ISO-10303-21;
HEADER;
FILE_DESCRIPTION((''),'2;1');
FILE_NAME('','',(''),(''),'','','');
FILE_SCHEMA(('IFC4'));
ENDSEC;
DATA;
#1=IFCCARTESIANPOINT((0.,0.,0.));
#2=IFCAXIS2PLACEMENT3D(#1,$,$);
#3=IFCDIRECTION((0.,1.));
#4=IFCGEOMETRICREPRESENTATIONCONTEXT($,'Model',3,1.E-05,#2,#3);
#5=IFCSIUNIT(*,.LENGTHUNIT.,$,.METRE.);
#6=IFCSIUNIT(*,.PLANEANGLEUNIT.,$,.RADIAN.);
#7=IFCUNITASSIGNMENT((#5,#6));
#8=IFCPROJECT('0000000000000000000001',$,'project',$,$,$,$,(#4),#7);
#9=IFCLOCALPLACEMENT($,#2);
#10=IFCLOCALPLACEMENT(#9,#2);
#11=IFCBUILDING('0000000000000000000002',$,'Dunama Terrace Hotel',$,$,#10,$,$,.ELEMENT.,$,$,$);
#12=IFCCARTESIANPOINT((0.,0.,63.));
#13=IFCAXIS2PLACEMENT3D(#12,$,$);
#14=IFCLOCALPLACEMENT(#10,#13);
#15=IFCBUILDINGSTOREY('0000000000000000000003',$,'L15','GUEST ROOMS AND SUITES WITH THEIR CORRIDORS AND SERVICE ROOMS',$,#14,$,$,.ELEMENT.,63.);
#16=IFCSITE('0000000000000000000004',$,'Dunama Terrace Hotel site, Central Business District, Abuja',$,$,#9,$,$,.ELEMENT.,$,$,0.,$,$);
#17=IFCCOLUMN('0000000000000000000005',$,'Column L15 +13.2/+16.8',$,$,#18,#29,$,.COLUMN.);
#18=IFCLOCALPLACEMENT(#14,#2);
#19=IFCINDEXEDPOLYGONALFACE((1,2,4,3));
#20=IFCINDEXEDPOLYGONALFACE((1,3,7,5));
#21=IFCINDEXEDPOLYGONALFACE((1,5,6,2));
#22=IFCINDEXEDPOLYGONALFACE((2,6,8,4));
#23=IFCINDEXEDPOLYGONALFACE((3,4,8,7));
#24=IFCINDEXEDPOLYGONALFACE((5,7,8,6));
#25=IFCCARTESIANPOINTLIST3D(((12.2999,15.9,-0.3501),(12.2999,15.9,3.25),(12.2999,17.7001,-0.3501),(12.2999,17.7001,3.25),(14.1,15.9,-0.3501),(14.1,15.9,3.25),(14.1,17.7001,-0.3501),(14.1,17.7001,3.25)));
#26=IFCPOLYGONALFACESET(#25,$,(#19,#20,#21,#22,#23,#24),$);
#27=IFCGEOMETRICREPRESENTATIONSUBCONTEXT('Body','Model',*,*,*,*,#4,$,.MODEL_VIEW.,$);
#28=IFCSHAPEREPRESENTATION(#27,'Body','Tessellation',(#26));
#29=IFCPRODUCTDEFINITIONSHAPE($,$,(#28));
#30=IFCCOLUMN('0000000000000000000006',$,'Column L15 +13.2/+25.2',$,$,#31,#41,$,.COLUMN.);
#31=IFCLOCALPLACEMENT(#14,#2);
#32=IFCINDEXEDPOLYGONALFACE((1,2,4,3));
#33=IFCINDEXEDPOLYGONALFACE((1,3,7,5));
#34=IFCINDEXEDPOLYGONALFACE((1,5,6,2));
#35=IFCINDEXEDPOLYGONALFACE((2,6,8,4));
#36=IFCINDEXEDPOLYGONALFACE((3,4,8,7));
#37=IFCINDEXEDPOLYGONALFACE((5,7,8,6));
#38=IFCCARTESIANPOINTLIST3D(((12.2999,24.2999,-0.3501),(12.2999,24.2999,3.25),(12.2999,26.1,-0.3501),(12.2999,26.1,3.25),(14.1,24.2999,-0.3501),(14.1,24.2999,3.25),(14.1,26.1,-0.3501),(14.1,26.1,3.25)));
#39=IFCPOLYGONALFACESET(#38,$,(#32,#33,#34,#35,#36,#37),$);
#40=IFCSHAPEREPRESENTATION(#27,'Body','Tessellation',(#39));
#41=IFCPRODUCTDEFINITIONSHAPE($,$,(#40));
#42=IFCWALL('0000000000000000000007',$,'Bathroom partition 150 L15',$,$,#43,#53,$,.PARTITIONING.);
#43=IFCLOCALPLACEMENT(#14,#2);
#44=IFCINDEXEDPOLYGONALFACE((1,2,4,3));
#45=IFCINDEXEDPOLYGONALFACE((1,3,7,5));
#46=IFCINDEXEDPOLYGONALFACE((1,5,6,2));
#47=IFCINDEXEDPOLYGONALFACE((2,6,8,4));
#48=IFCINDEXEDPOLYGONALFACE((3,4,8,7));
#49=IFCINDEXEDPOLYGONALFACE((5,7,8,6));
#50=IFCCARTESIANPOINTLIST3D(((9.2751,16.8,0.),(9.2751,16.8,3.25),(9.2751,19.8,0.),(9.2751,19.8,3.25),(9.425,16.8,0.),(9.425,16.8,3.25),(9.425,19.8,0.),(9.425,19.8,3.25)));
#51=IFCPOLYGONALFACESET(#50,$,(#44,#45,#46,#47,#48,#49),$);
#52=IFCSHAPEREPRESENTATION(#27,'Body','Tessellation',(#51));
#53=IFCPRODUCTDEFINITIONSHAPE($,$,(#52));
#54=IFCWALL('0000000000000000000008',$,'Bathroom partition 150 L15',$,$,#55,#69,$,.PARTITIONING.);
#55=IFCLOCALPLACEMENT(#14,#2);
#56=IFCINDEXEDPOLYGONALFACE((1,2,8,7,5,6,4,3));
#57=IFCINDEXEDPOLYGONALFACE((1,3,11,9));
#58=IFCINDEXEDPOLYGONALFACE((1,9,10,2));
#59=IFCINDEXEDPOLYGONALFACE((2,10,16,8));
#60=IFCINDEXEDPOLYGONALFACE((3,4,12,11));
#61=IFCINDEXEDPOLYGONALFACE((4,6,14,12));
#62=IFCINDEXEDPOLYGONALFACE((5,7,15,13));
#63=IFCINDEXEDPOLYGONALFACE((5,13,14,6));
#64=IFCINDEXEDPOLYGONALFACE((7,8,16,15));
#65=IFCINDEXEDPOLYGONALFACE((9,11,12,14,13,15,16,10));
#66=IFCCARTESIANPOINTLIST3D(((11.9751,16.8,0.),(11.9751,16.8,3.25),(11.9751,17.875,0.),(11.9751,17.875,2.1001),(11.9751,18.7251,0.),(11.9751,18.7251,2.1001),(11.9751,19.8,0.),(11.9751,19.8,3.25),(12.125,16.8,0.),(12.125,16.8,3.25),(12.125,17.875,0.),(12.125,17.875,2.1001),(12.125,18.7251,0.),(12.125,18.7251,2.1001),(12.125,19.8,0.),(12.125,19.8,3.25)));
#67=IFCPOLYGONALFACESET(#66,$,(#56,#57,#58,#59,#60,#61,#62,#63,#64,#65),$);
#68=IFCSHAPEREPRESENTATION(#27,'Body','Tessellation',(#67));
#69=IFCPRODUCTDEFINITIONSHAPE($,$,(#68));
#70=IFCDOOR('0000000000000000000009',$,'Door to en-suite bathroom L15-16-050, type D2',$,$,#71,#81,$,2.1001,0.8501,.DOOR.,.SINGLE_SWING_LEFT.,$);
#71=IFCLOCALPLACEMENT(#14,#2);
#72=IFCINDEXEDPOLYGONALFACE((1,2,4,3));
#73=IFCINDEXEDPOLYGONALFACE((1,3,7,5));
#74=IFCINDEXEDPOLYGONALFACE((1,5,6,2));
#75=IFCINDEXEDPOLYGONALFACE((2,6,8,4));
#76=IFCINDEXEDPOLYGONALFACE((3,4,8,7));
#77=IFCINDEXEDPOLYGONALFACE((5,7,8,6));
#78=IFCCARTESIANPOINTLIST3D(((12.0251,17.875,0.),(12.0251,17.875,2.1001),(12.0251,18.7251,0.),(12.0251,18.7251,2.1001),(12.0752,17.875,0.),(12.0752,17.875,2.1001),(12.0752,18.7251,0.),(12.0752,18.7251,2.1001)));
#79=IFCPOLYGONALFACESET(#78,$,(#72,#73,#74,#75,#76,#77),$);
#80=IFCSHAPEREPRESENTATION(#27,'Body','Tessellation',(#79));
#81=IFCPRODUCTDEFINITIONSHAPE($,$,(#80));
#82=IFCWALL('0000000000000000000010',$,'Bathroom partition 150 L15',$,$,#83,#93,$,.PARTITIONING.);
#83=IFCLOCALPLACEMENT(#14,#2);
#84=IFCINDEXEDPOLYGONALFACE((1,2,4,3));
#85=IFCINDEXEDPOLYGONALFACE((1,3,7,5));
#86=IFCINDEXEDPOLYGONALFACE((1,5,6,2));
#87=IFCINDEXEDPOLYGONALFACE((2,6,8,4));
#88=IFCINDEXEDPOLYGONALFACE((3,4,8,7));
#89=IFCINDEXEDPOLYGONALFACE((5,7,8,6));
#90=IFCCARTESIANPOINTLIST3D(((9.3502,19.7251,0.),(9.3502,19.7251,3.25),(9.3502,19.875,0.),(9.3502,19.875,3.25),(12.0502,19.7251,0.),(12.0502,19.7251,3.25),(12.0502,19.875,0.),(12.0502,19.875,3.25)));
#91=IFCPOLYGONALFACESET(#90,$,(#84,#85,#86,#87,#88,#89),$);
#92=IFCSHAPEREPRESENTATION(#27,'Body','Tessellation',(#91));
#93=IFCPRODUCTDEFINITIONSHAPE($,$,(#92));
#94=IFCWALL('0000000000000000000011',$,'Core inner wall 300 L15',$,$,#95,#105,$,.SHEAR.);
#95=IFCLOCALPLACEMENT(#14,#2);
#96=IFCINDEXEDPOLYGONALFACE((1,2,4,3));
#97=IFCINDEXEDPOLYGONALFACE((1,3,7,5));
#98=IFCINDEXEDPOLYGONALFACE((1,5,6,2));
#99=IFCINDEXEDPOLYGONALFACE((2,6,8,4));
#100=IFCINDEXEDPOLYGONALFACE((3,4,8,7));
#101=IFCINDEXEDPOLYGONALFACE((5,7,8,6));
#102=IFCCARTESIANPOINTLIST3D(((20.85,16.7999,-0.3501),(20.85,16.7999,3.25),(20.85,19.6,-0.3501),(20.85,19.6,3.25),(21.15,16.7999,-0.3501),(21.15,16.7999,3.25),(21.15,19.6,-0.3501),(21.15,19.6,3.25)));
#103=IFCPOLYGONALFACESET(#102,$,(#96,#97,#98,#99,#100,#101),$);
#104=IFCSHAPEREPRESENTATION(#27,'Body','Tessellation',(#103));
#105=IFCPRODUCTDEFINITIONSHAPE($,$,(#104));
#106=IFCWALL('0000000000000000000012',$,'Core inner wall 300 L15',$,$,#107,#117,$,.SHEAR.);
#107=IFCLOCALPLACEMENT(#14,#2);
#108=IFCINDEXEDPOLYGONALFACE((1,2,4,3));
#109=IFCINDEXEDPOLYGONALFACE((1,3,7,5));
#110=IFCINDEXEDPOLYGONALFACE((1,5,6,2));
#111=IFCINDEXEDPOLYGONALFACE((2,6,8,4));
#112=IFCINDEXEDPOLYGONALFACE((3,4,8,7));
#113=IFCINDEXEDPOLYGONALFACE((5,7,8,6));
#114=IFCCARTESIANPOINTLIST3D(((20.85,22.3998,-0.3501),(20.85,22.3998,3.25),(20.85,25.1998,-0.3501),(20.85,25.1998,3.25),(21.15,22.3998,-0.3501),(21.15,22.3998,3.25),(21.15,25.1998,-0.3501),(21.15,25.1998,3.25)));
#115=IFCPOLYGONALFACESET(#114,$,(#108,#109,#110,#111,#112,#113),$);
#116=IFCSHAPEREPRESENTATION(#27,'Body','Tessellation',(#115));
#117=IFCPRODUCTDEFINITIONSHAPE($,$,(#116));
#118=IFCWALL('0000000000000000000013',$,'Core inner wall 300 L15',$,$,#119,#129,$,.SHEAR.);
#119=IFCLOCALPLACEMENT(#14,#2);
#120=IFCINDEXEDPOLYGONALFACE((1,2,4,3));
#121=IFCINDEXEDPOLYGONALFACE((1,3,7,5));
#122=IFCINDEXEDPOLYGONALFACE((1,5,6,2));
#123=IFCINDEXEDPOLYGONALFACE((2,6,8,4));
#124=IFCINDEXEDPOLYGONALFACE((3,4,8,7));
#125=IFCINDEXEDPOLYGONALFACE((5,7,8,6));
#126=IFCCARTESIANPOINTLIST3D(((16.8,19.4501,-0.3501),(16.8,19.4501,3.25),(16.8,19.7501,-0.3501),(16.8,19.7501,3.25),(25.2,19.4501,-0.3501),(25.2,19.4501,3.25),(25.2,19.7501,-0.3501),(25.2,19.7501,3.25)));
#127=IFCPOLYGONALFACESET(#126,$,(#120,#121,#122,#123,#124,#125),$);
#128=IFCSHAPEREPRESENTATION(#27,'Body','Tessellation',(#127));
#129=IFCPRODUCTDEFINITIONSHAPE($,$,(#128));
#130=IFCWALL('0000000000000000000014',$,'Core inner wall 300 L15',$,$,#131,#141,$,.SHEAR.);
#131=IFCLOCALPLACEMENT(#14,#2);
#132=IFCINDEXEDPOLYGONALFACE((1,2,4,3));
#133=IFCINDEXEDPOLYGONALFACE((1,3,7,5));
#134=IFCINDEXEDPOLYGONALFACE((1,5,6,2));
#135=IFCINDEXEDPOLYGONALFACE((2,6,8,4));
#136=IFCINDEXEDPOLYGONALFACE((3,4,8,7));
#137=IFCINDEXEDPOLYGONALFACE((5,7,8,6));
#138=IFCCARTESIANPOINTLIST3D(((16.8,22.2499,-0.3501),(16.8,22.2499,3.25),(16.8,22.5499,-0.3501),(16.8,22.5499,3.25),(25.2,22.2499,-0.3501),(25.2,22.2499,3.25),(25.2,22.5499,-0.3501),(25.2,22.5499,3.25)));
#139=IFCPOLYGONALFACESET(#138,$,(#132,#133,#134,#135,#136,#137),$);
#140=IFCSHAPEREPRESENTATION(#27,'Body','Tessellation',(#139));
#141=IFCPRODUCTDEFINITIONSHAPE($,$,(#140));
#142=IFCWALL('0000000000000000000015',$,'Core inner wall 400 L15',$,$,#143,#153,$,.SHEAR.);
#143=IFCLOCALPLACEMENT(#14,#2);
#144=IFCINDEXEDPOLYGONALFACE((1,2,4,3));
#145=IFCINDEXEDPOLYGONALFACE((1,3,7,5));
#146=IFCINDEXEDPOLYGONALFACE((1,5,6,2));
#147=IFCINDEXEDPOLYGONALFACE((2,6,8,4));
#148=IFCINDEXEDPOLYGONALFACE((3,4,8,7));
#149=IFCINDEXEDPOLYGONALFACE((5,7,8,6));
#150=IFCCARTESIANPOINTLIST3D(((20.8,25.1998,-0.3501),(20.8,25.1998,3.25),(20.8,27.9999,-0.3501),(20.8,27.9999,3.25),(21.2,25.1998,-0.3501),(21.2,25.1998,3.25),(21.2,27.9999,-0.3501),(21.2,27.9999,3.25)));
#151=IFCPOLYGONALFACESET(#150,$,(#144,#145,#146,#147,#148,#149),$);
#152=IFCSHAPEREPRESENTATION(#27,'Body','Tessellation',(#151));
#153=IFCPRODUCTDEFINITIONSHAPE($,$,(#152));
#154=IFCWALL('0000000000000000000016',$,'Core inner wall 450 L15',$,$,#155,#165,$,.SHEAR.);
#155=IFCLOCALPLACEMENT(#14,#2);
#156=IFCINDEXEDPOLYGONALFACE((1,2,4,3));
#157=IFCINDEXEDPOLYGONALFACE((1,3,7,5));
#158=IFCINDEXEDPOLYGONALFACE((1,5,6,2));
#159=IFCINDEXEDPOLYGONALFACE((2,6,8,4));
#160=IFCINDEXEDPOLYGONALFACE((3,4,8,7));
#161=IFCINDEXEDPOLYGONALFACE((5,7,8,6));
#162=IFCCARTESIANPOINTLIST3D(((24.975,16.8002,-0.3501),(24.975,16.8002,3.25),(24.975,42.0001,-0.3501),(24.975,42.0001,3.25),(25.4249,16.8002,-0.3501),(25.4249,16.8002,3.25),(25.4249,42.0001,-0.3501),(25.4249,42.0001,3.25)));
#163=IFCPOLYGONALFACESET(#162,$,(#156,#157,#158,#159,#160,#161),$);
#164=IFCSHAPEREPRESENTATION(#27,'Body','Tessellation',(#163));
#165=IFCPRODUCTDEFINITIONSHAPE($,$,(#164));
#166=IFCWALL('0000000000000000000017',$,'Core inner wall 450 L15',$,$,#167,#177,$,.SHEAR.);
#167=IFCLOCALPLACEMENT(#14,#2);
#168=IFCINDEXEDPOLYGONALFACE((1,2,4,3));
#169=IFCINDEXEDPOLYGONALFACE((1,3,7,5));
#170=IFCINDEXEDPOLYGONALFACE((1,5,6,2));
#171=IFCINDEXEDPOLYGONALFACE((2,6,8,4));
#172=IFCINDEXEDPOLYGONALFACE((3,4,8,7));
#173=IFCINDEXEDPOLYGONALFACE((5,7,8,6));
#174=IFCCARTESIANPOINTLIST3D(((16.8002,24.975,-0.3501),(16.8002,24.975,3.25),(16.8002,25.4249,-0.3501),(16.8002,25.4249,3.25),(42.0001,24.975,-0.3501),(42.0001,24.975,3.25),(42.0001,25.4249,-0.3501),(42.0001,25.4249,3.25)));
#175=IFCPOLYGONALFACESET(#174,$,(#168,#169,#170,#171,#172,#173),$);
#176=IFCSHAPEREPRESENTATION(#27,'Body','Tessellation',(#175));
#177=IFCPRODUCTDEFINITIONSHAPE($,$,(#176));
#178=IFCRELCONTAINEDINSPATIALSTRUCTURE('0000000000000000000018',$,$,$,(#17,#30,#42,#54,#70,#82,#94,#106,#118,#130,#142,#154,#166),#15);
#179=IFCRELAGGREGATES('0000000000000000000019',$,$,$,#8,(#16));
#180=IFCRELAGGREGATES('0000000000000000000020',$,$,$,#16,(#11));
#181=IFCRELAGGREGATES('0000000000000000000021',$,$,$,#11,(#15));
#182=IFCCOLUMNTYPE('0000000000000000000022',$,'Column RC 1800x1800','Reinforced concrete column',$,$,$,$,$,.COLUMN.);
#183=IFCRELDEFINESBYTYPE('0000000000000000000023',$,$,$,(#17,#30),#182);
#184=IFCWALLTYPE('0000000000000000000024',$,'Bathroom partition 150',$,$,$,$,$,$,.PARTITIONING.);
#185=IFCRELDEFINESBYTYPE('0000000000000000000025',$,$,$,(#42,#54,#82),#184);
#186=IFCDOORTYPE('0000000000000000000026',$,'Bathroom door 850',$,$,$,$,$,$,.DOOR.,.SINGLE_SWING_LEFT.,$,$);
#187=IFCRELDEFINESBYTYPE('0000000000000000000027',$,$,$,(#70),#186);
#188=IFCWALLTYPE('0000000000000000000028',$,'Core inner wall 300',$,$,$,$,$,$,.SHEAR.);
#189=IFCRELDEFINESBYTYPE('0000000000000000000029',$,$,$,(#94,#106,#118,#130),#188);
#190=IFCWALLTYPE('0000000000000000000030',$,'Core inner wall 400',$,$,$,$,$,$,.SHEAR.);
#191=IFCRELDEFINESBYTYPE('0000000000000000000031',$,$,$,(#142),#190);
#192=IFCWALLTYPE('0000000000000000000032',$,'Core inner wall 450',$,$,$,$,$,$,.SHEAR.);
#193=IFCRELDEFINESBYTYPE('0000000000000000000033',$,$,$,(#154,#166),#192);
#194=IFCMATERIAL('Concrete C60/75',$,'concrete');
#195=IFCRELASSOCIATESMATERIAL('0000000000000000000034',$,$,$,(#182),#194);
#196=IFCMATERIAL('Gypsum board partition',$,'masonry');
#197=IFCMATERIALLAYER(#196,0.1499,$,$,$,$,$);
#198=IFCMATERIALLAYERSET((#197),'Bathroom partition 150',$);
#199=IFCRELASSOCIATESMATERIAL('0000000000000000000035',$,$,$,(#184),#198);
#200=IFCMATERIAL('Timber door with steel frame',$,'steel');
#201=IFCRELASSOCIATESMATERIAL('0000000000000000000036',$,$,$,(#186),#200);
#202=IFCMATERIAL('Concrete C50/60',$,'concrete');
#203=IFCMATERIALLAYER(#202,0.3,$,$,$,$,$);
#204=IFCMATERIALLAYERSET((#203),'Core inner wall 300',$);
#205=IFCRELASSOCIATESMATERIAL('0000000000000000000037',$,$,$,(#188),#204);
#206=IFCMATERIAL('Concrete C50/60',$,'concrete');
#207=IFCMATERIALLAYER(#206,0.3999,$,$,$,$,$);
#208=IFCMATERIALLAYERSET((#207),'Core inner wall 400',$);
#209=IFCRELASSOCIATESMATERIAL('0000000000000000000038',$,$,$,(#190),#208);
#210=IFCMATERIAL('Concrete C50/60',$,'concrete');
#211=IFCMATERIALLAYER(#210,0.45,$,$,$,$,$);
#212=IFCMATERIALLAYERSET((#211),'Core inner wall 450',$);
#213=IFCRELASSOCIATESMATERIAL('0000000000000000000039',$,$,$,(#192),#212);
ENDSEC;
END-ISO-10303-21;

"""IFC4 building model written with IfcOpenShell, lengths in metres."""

from ifc_helpers import new_model, si_unit, direction, frame, frame_2d, origin, origin_2d, place, context, subcontext, project, spatial, rectangle, extrude, material, layer, layer_set, material_profile, profile_set, type_object, element, fill, save


model = new_model("IFC4")

# Units and contexts
model_context = context("Model", 3, precision=1e-05, world=origin(), true_north=direction((0.0, 1.0)))
body_context = subcontext(model_context, "Body", "Model", "MODEL_VIEW")
ifc_project = project(units=[si_unit("LENGTHUNIT", "METRE"), si_unit("PLANEANGLEUNIT", "RADIAN")], contexts=[model_context])

# Site, building, storey
site_placement = place(None, origin())
site = spatial("IfcSite", under=ifc_project, at=site_placement, Name="Dunama Terrace Hotel site, Central Business District, Abuja", CompositionType="ELEMENT", RefElevation=0.0)
building_placement = place(site_placement, origin())
building = spatial("IfcBuilding", under=site, at=building_placement, Name="Dunama Terrace Hotel", CompositionType="ELEMENT")
storey_placement = place(building_placement, frame((0.0, 0.0, 63.0)))
storey = spatial("IfcBuildingStorey", under=building, at=storey_placement, Name="L15", Description="GUEST ROOMS AND SUITES WITH THEIR CORRIDORS AND SERVICE ROOMS", CompositionType="ELEMENT", Elevation=63.0)

# Columns
ifc_material_1 = material(Name="Concrete C60/75", Category="concrete")
ifc_material_profile = material_profile(ifc_material_1, rectangle(XDim=1.8, YDim=1.8, at=origin_2d()), Name="RC 1800x1800")
ifc_profile_set = profile_set([ifc_material_profile], Name="Concrete C60/75")
column_type = type_object("IfcColumnType", Name="Column RC 1800x1800", Description="Reinforced concrete column", PredefinedType="COLUMN", material=ifc_profile_set)
for number, where, z_axis, x_axis, name in (
    (1, (13.2, 16.8, -0.3501), (0.0, 0.0, 1.0), (1.0, 0.0, 0.0), "Column L15 +13.2/+16.8"),
    (2, (13.2, 25.2, -0.3501), (0.0, 0.0, 1.0), (1.0, 0.0, 0.0), "Column L15 +13.2/+25.2"),
):
    element("IfcColumn", number, at=place(storey_placement, frame(where, z_axis=z_axis, x_axis=x_axis)), inside=storey, type_object=column_type, Name=name, PredefinedType="COLUMN", context=body_context, shape_type="SweptSolid", body=[
        extrude(rectangle(XDim=1.8, YDim=1.8, at=origin_2d()), origin(), (0.0, 0.0, 1.0), 3.6001),
    ])

# Wall
ifc_material_2 = material(Name="Gypsum board partition", Category="masonry")
ifc_layer_1 = layer(ifc_material_2, 0.1499)
ifc_layer_set_1 = layer_set([ifc_layer_1], Name="Bathroom partition 150")
wall_type_1 = type_object("IfcWallType", Name="Bathroom partition 150", PredefinedType="PARTITIONING", material=ifc_layer_set_1)
wall_1_placement = place(storey_placement, frame((9.3501, 16.8, 0.0), z_axis=(0.0, 0.0, 1.0), x_axis=(0.0, 1.0, 0.0)))
element("IfcWall", 3, at=wall_1_placement, inside=storey, type_object=wall_type_1, Name="Bathroom partition 150 L15", PredefinedType="PARTITIONING", context=body_context, shape_type="SweptSolid", body=[
    extrude(rectangle(XDim=3.0, YDim=0.1499, at=frame_2d((1.5, 0.0))), origin(), (0.0, 0.0, 1.0), 3.25),
])

# Wall, opening, door
wall_2_placement = place(storey_placement, frame((12.05, 16.8, 0.0), z_axis=(0.0, 0.0, 1.0), x_axis=(0.0, 1.0, 0.0)))
wall_2 = element("IfcWall", 4, at=wall_2_placement, inside=storey, type_object=wall_type_1, Name="Bathroom partition 150 L15", PredefinedType="PARTITIONING", context=body_context, shape_type="SweptSolid", body=[
    extrude(rectangle(XDim=3.0, YDim=0.1499, at=frame_2d((1.5, 0.0))), origin(), (0.0, 0.0, 1.0), 3.25),
])
opening_1_placement = place(wall_2_placement, frame((1.075, 0.0, 0.0)))
opening_1 = element("IfcOpeningElement", 5, at=opening_1_placement, cuts=wall_2, PredefinedType="OPENING", context=body_context, shape_type="SweptSolid", body=[
    extrude(rectangle(XDim=0.8501, YDim=2.1001, at=frame_2d((0.425, 1.05))), frame((0.0, 0.085, 0.0), z_axis=(0.0, -1.0, 0.0), x_axis=(1.0, 0.0, 0.0)), (0.0, 0.0, 1.0), 0.1699),
])
ifc_material_3 = material(Name="Timber door with steel frame", Category="steel")
door_type_1 = type_object("IfcDoorType", Name="Bathroom door 850", OperationType="SINGLE_SWING_LEFT", PredefinedType="DOOR", material=ifc_material_3)
door_1_placement = place(opening_1_placement, origin())
door_1 = element("IfcDoor", 6, at=door_1_placement, inside=storey, type_object=door_type_1, Name="Door to en-suite bathroom L15-16-050, type D2", OperationType="SINGLE_SWING_LEFT", OverallHeight=2.1001, OverallWidth=0.8501, PredefinedType="DOOR", context=body_context, shape_type="SweptSolid", body=[
    extrude(rectangle(XDim=0.8501, YDim=2.1001, at=frame_2d((0.425, 1.05))), frame((0.0, 0.0249, 0.0), z_axis=(0.0, -1.0, 0.0), x_axis=(1.0, 0.0, 0.0)), (0.0, 0.0, 1.0), 0.05),
])
fill(opening_1, door_1)

# Walls
wall_3_placement = place(storey_placement, frame((9.3501, 19.8, 0.0), z_axis=(0.0, 0.0, 1.0), x_axis=(1.0, 0.0, 0.0)))
element("IfcWall", 7, at=wall_3_placement, inside=storey, type_object=wall_type_1, Name="Bathroom partition 150 L15", PredefinedType="PARTITIONING", context=body_context, shape_type="SweptSolid", body=[
    extrude(rectangle(XDim=2.7, YDim=0.1499, at=frame_2d((1.3501, 0.0))), origin(), (0.0, 0.0, 1.0), 3.25),
])
ifc_material_4 = material(Name="Concrete C50/60", Category="concrete")
ifc_layer_2 = layer(ifc_material_4, 0.3)
ifc_layer_set_2 = layer_set([ifc_layer_2], Name="Core inner wall 300")
wall_type_2 = type_object("IfcWallType", Name="Core inner wall 300", PredefinedType="SHEAR", material=ifc_layer_set_2)
for number, where, z_axis, x_axis, name in (
    (8, (21.0, 16.8, -0.3501), (0.0, 0.0, 1.0), (0.0, 1.0, 0.0), "Core inner wall 300 L15"),
    (9, (21.0, 22.3999, -0.3501), (0.0, 0.0, 1.0), (0.0, 1.0, 0.0), "Core inner wall 300 L15"),
):
    element("IfcWall", number, at=place(storey_placement, frame(where, z_axis=z_axis, x_axis=x_axis)), inside=storey, type_object=wall_type_2, Name=name, PredefinedType="SHEAR", context=body_context, shape_type="SweptSolid", body=[
        extrude(rectangle(XDim=2.8, YDim=0.3, at=frame_2d((1.3999, 0.0))), origin(), (0.0, 0.0, 1.0), 3.6001),
    ])
for number, where, z_axis, x_axis, name in (
    (10, (16.8, 19.6001, -0.3501), (0.0, 0.0, 1.0), (1.0, 0.0, 0.0), "Core inner wall 300 L15"),
    (11, (16.8, 22.3999, -0.3501), (0.0, 0.0, 1.0), (1.0, 0.0, 0.0), "Core inner wall 300 L15"),
):
    element("IfcWall", number, at=place(storey_placement, frame(where, z_axis=z_axis, x_axis=x_axis)), inside=storey, type_object=wall_type_2, Name=name, PredefinedType="SHEAR", context=body_context, shape_type="SweptSolid", body=[
        extrude(rectangle(XDim=8.3999, YDim=0.3, at=frame_2d((4.2, 0.0))), origin(), (0.0, 0.0, 1.0), 3.6001),
    ])
ifc_material_5 = material(Name="Concrete C50/60", Category="concrete")
ifc_layer_3 = layer(ifc_material_5, 0.3999)
ifc_layer_set_3 = layer_set([ifc_layer_3], Name="Core inner wall 400")
wall_type_3 = type_object("IfcWallType", Name="Core inner wall 400", PredefinedType="SHEAR", material=ifc_layer_set_3)
wall_4_placement = place(storey_placement, frame((21.0, 25.2, -0.3501), z_axis=(0.0, 0.0, 1.0), x_axis=(0.0, 1.0, 0.0)))
element("IfcWall", 12, at=wall_4_placement, inside=storey, type_object=wall_type_3, Name="Core inner wall 400 L15", PredefinedType="SHEAR", context=body_context, shape_type="SweptSolid", body=[
    extrude(rectangle(XDim=2.8, YDim=0.3999, at=frame_2d((1.3999, 0.0))), origin(), (0.0, 0.0, 1.0), 3.6001),
])
ifc_material_6 = material(Name="Concrete C50/60", Category="concrete")
ifc_layer_4 = layer(ifc_material_6, 0.45)
ifc_layer_set_4 = layer_set([ifc_layer_4], Name="Core inner wall 450")
wall_type_4 = type_object("IfcWallType", Name="Core inner wall 450", PredefinedType="SHEAR", material=ifc_layer_set_4)
for number, where, z_axis, x_axis, name in (
    (13, (25.2, 16.8, -0.3501), (0.0, 0.0, 1.0), (0.0, 1.0, 0.0), "Core inner wall 450 L15"),
    (14, (16.8, 25.2, -0.3501), (0.0, 0.0, 1.0), (1.0, 0.0, 0.0), "Core inner wall 450 L15"),
):
    element("IfcWall", number, at=place(storey_placement, frame(where, z_axis=z_axis, x_axis=x_axis)), inside=storey, type_object=wall_type_4, Name=name, PredefinedType="SHEAR", context=body_context, shape_type="SweptSolid", body=[
        extrude(rectangle(XDim=25.2, YDim=0.45, at=frame_2d((12.6001, 0.0))), origin(), (0.0, 0.0, 1.0), 3.6001),
    ])

save(model, "model.ifc")
